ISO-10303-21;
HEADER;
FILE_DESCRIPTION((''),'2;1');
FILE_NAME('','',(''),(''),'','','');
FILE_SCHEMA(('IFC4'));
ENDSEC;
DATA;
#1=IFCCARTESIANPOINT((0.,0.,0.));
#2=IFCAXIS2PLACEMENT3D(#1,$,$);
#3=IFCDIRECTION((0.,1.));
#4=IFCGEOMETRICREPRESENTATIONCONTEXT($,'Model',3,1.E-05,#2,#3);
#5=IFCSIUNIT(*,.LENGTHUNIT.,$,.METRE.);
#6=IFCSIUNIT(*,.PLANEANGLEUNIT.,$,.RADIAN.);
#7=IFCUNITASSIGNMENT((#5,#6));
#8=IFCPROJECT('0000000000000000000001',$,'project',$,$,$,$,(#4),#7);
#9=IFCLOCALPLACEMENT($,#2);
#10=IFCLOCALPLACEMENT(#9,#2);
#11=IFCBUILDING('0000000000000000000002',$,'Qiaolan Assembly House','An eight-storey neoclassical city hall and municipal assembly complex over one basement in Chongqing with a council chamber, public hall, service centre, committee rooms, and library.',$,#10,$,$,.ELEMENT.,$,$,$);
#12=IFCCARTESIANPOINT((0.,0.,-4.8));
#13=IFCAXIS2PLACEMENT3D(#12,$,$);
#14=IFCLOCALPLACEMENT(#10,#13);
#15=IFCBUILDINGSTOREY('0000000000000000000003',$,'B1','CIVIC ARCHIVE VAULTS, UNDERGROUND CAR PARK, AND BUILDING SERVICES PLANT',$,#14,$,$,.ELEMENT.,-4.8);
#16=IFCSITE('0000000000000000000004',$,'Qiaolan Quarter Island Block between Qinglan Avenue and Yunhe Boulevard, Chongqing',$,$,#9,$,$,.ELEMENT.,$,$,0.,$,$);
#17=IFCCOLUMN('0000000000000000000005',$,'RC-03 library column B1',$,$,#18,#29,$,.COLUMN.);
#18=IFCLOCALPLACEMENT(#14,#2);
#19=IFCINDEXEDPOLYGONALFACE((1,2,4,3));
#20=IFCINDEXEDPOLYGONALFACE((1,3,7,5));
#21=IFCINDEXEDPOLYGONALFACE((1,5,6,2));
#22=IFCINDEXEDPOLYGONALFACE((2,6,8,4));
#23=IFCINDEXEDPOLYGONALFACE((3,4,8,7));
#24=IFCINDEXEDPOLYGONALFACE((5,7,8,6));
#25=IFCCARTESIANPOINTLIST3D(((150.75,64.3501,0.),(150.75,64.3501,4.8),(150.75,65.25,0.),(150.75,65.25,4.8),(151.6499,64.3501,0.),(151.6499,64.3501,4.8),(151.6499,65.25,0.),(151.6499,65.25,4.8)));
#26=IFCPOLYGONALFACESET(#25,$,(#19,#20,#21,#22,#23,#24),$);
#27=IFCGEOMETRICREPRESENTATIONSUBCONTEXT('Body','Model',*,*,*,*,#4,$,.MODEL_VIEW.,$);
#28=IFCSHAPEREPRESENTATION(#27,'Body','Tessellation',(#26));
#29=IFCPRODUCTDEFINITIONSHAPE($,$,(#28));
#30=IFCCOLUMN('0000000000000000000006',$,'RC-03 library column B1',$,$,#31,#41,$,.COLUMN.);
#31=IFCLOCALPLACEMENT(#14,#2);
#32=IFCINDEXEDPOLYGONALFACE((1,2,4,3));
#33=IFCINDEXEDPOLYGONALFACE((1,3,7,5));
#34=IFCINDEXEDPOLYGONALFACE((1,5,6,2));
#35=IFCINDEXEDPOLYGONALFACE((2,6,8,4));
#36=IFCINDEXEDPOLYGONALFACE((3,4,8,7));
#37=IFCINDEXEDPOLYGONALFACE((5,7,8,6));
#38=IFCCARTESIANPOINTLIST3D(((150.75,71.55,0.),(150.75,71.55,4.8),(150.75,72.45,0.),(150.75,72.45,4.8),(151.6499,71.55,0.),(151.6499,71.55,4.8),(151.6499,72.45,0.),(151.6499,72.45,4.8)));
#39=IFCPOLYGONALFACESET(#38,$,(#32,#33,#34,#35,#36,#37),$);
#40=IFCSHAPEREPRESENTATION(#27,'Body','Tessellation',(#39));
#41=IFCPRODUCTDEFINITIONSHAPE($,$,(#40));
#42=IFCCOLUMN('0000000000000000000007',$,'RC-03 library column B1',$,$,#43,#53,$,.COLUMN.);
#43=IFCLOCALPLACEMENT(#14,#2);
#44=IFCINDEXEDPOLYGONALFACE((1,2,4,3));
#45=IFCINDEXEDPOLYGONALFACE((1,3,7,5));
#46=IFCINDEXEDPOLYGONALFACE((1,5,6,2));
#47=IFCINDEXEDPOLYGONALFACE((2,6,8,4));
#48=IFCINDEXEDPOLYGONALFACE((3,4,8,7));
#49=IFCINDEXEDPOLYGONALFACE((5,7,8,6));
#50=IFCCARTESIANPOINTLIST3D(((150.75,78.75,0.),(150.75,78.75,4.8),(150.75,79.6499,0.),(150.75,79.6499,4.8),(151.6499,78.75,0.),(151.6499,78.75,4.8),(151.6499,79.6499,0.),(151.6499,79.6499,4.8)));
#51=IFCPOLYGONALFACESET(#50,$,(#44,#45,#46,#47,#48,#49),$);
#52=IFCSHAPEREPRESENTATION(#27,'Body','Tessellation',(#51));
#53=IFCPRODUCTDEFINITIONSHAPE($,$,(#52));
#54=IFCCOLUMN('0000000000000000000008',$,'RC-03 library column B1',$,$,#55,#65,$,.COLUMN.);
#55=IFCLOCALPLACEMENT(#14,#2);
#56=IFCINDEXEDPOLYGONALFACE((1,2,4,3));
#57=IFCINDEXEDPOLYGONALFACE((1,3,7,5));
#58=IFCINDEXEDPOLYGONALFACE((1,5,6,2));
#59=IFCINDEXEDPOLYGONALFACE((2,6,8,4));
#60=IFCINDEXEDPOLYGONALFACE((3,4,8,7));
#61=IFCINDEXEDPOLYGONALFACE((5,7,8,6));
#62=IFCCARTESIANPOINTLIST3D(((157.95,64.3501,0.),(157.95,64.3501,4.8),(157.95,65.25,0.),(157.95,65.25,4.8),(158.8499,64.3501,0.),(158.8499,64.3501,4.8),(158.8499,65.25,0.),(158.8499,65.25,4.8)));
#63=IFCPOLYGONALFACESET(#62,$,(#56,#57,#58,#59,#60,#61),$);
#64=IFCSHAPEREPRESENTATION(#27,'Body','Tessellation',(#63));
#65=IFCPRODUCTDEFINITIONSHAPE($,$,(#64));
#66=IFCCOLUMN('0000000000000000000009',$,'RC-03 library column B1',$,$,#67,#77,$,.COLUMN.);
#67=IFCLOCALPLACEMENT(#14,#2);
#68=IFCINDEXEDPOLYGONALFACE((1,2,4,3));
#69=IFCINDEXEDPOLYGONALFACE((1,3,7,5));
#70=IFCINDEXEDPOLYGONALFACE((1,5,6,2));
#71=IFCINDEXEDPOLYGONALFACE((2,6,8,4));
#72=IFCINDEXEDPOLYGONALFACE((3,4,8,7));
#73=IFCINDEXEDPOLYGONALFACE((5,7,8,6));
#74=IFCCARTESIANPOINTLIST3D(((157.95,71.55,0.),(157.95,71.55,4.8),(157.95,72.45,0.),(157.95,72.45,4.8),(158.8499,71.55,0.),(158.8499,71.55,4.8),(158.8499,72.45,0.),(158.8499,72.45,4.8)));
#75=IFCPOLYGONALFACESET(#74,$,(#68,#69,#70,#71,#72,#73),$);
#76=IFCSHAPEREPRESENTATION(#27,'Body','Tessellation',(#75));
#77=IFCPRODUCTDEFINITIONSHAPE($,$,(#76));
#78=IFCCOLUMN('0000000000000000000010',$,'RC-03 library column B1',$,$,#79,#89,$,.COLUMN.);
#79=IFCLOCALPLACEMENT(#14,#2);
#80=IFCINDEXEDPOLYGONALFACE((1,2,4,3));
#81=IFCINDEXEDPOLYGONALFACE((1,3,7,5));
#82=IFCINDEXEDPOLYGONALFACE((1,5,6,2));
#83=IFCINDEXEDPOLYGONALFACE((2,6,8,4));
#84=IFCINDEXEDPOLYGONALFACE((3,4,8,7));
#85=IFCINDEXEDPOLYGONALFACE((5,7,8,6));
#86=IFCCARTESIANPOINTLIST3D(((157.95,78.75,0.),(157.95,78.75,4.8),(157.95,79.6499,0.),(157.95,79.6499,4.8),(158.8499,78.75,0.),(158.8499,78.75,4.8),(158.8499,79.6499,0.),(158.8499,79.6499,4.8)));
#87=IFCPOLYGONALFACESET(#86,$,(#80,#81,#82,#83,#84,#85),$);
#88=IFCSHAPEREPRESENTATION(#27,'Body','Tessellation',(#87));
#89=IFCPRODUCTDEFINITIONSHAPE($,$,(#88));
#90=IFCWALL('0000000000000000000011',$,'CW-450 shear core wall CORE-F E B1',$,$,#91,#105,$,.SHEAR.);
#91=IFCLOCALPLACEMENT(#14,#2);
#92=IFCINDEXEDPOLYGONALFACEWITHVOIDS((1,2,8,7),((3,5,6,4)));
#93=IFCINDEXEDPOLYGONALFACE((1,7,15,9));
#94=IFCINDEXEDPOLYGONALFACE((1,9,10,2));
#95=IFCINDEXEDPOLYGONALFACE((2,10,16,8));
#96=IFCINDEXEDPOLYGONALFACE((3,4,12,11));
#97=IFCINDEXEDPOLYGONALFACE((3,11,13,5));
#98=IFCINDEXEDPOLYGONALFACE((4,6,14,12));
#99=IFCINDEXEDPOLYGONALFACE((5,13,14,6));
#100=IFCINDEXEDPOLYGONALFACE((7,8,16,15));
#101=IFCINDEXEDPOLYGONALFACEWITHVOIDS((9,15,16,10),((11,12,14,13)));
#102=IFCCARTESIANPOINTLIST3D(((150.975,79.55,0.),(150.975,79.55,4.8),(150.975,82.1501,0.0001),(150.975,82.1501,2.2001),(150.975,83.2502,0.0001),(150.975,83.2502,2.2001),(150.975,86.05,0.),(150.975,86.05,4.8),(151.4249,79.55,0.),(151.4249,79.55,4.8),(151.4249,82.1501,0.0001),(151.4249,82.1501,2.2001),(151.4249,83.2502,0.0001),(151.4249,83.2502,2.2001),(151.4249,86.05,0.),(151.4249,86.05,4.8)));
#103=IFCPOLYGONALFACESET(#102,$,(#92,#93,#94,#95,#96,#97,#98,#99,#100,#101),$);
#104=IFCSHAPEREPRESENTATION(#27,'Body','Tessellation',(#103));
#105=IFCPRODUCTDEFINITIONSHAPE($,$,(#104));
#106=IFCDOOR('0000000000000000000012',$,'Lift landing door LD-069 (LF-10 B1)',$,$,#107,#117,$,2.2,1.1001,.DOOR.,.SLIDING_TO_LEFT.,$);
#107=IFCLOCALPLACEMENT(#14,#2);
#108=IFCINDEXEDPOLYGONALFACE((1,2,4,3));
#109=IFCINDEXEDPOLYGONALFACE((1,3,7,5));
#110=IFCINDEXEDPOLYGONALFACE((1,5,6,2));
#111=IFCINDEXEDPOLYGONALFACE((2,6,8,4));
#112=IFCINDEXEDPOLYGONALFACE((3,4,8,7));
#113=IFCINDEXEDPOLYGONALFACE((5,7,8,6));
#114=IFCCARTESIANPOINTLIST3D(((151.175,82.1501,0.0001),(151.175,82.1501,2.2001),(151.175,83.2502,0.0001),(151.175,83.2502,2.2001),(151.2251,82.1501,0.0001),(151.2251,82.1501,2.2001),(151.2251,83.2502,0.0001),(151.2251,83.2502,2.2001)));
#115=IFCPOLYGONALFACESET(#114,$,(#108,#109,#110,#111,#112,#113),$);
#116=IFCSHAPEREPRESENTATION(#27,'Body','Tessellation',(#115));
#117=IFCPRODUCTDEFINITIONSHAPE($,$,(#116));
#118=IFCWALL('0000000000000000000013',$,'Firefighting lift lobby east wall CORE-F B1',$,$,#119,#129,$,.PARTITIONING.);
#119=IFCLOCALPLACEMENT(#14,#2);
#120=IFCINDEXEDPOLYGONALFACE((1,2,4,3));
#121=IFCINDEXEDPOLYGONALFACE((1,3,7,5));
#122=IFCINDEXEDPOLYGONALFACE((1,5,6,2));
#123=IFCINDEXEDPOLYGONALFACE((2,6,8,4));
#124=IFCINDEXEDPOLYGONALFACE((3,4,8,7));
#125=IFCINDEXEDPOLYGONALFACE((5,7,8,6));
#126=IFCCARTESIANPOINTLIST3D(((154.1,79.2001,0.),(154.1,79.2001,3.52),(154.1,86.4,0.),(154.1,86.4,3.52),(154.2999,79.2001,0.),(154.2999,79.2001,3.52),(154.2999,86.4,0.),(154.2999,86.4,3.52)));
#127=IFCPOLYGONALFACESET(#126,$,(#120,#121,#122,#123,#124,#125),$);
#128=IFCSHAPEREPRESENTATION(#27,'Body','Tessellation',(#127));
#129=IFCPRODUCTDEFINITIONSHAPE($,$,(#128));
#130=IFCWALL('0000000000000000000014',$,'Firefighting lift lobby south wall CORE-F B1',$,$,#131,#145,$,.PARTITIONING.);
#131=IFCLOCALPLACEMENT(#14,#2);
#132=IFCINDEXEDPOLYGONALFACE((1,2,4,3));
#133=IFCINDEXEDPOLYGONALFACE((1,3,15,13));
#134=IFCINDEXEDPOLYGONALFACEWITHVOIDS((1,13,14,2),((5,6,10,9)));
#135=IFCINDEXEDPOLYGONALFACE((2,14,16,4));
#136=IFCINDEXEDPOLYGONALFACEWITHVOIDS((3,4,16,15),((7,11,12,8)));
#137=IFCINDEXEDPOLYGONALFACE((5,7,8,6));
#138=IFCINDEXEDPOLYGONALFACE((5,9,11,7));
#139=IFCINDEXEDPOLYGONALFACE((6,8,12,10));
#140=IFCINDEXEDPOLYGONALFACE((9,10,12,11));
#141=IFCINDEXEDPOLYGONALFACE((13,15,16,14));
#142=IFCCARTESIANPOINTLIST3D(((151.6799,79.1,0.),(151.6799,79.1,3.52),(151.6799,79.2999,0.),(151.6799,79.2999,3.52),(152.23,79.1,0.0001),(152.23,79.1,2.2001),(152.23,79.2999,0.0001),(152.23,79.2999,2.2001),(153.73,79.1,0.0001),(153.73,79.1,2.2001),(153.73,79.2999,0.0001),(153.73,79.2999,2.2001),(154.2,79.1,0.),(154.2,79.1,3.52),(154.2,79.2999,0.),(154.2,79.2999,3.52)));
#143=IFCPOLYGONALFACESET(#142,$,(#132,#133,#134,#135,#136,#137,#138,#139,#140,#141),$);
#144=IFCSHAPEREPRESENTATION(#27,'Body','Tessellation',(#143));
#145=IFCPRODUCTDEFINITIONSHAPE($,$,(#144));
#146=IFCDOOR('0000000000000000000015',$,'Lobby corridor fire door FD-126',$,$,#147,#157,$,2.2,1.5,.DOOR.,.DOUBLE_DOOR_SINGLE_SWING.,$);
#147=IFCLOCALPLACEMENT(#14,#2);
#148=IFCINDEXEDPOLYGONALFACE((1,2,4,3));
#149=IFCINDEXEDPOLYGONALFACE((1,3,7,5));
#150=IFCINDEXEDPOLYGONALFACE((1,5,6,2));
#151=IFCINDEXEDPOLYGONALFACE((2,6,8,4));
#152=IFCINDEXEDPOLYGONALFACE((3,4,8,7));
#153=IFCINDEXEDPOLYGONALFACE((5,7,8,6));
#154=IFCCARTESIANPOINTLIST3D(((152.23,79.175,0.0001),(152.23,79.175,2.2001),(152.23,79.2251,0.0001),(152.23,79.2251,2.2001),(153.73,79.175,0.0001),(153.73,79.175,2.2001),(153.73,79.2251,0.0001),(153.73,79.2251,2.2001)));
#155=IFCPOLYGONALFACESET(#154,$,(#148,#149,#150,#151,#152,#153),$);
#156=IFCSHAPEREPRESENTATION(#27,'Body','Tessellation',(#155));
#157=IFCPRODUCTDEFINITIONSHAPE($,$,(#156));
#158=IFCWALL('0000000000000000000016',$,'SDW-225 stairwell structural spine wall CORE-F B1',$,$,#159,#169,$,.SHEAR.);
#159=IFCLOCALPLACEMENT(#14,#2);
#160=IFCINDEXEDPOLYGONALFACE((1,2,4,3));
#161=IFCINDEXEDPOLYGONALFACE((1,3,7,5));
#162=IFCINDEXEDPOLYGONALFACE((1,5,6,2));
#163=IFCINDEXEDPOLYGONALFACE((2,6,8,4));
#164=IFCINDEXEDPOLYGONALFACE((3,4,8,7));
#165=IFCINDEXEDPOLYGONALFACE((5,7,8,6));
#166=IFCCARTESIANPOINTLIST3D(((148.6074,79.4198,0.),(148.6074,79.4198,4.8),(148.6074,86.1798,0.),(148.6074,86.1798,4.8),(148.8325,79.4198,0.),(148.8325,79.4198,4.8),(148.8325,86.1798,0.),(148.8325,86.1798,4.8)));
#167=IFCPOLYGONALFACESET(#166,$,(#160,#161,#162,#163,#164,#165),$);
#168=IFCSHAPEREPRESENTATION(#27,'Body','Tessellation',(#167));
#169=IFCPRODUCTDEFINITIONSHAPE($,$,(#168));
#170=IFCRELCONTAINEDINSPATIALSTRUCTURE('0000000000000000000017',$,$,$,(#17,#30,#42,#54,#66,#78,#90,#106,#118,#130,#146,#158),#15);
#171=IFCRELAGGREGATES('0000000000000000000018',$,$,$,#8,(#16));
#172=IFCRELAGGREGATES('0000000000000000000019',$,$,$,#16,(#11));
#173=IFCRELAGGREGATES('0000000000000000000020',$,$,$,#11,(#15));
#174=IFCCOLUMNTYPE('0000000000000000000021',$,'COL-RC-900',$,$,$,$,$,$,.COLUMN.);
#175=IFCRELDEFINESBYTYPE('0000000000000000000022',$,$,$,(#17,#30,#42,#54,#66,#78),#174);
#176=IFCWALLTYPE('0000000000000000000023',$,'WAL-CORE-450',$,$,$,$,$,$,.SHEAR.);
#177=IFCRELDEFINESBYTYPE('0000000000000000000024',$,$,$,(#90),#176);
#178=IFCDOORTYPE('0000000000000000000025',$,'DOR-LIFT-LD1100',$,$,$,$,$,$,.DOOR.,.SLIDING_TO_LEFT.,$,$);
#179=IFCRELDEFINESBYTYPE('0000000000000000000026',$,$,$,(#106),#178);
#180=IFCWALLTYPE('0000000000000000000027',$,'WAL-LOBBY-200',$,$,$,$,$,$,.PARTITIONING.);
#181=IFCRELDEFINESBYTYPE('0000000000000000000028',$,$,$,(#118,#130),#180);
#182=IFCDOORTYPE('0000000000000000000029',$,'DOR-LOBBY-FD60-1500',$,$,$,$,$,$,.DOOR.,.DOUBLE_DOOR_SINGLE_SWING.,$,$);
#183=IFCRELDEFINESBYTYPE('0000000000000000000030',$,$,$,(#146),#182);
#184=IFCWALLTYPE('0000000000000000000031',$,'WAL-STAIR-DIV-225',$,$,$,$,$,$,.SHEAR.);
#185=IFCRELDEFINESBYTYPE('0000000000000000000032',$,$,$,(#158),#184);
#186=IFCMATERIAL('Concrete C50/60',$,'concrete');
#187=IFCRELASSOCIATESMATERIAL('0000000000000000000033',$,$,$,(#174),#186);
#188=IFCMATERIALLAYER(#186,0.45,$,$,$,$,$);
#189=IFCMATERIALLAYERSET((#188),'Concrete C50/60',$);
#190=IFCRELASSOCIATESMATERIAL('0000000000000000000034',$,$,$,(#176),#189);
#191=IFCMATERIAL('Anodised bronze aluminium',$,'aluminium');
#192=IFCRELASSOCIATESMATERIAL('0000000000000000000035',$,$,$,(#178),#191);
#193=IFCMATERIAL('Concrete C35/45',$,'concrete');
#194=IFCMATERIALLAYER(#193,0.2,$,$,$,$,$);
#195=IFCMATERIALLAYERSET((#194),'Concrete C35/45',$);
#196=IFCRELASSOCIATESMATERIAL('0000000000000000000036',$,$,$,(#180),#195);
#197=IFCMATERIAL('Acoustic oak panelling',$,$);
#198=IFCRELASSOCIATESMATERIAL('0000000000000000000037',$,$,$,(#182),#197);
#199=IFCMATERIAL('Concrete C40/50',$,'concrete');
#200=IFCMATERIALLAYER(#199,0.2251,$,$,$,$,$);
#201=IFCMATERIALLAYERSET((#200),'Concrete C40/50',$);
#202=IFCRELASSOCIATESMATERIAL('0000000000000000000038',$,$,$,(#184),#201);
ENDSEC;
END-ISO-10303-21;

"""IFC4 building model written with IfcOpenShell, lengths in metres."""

from ifc_helpers import new_model, si_unit, direction, frame, frame_2d, origin, origin_2d, place, context, subcontext, project, spatial, rectangle, extrude, material, layer, layer_set, material_profile, profile_set, type_object, element, fill, save


model = new_model("IFC4")

# Units and contexts
model_context = context("Model", 3, precision=1e-05, world=origin(), true_north=direction((0.0, 1.0)))
body_context = subcontext(model_context, "Body", "Model", "MODEL_VIEW")
ifc_project = project(units=[si_unit("LENGTHUNIT", "METRE"), si_unit("PLANEANGLEUNIT", "RADIAN")], contexts=[model_context])

# Site, building, storey
site_placement = place(None, origin())
site = spatial("IfcSite", under=ifc_project, at=site_placement, Name="Qiaolan Quarter Island Block between Qinglan Avenue and Yunhe Boulevard, Chongqing", CompositionType="ELEMENT", RefElevation=0.0)
building_placement = place(site_placement, origin())
building = spatial("IfcBuilding", under=site, at=building_placement, Name="Qiaolan Assembly House", Description="An eight-storey neoclassical city hall and municipal assembly complex over one basement in Chongqing with a council chamber, public hall, service centre, committee rooms, and library.", CompositionType="ELEMENT")
storey_placement = place(building_placement, frame((0.0, 0.0, -4.8)))
storey = spatial("IfcBuildingStorey", under=building, at=storey_placement, Name="B1", Description="CIVIC ARCHIVE VAULTS, UNDERGROUND CAR PARK, AND BUILDING SERVICES PLANT", CompositionType="ELEMENT", Elevation=-4.8)

# Shared definitions
ifc_material_1 = material(Name="Concrete C40/50", Category="concrete")

# Columns
ifc_material_2 = material(Name="Concrete C50/60", Category="concrete")
ifc_material_profile_1 = material_profile(ifc_material_2, rectangle(XDim=0.8999, YDim=0.8999, at=origin_2d()), Name="RC 900x900")
ifc_profile_set_1 = profile_set([ifc_material_profile_1], Name="Concrete C50/60")
column_type = type_object("IfcColumnType", Name="COL-RC-900", PredefinedType="COLUMN", material=ifc_profile_set_1)
for number, where, z_axis, x_axis, name in (
    (1, (151.2, 64.8, 0.0), (0.0, 0.0, 1.0), (1.0, 0.0, 0.0), "RC-03 library column B1"),
    (2, (151.2, 72.0, 0.0), (0.0, 0.0, 1.0), (1.0, 0.0, 0.0), "RC-03 library column B1"),
    (3, (151.2, 79.2, 0.0), (0.0, 0.0, 1.0), (1.0, 0.0, 0.0), "RC-03 library column B1"),
    (4, (158.3999, 64.8, 0.0), (0.0, 0.0, 1.0), (1.0, 0.0, 0.0), "RC-03 library column B1"),
    (5, (158.3999, 72.0, 0.0), (0.0, 0.0, 1.0), (1.0, 0.0, 0.0), "RC-03 library column B1"),
    (6, (158.3999, 79.2, 0.0), (0.0, 0.0, 1.0), (1.0, 0.0, 0.0), "RC-03 library column B1"),
):
    element("IfcColumn", number, at=place(storey_placement, frame(where, z_axis=z_axis, x_axis=x_axis)), inside=storey, type_object=column_type, Name=name, PredefinedType="COLUMN", context=body_context, shape_type="SweptSolid", body=[
        extrude(rectangle(XDim=0.8999, YDim=0.8999, at=origin_2d()), origin(), (0.0, 0.0, 1.0), 4.8),
    ])

# Wall, opening, door
ifc_layer_1 = layer(ifc_material_2, 0.45)
ifc_layer_set_1 = layer_set([ifc_layer_1], Name="Concrete C50/60")
wall_type_1 = type_object("IfcWallType", Name="WAL-CORE-450", PredefinedType="SHEAR", material=ifc_layer_set_1)
wall_1_placement = place(storey_placement, frame((151.2, 79.55, 0.0), z_axis=(0.0, 0.0, 1.0), x_axis=(0.0, 1.0, 0.0)))
wall_1 = element("IfcWall", 7, at=wall_1_placement, inside=storey, type_object=wall_type_1, Name="CW-450 shear core wall CORE-F E B1", PredefinedType="SHEAR", context=body_context, shape_type="SweptSolid", body=[
    extrude(rectangle(XDim=6.5, YDim=0.45, at=frame_2d((3.25, 0.0))), origin(), (0.0, 0.0, 1.0), 4.8),
])
opening_1_placement = place(wall_1_placement, frame((2.6001, 0.0, 0.0)))
opening_1 = element("IfcOpeningElement", 8, at=opening_1_placement, cuts=wall_1, PredefinedType="OPENING", context=body_context, shape_type="SweptSolid", body=[
    extrude(rectangle(XDim=1.1001, YDim=2.2, at=frame_2d((0.55, 1.1001))), frame((0.0, 0.2349, 0.0), z_axis=(0.0, -1.0, 0.0), x_axis=(1.0, 0.0, 0.0)), (0.0, 0.0, 1.0), 0.47),
])
ifc_material_3 = material(Name="Anodised bronze aluminium", Category="aluminium")
door_type_1 = type_object("IfcDoorType", Name="DOR-LIFT-LD1100", OperationType="SLIDING_TO_LEFT", PredefinedType="DOOR", material=ifc_material_3)
door_1_placement = place(opening_1_placement, origin())
door_1 = element("IfcDoor", 9, at=door_1_placement, inside=storey, type_object=door_type_1, Name="Lift landing door LD-069 (LF-10 B1)", OperationType="SLIDING_TO_LEFT", OverallHeight=2.2, OverallWidth=1.1001, PredefinedType="DOOR", context=body_context, shape_type="SweptSolid", body=[
    extrude(rectangle(XDim=1.1001, YDim=2.2, at=frame_2d((0.55, 1.1001))), frame((0.0, 0.0249, 0.0), z_axis=(0.0, -1.0, 0.0), x_axis=(1.0, 0.0, 0.0)), (0.0, 0.0, 1.0), 0.05),
])
fill(opening_1, door_1)

# Wall
ifc_material_4 = material(Name="Concrete C35/45", Category="concrete")
ifc_layer_2 = layer(ifc_material_4, 0.2)
ifc_layer_set_2 = layer_set([ifc_layer_2], Name="Concrete C35/45")
wall_type_2 = type_object("IfcWallType", Name="WAL-LOBBY-200", PredefinedType="PARTITIONING", material=ifc_layer_set_2)
wall_2_placement = place(storey_placement, frame((154.2, 79.2, 0.0), z_axis=(0.0, 0.0, 1.0), x_axis=(0.0, 1.0, 0.0)))
element("IfcWall", 10, at=wall_2_placement, inside=storey, type_object=wall_type_2, Name="Firefighting lift lobby east wall CORE-F B1", PredefinedType="PARTITIONING", context=body_context, shape_type="SweptSolid", body=[
    extrude(rectangle(XDim=7.2, YDim=0.2, at=frame_2d((3.6001, 0.0))), origin(), (0.0, 0.0, 1.0), 3.52),
])

# Wall, opening, door
wall_3_placement = place(storey_placement, frame((151.6799, 79.2, 0.0), z_axis=(0.0, 0.0, 1.0), x_axis=(1.0, 0.0, 0.0)))
wall_3 = element("IfcWall", 11, at=wall_3_placement, inside=storey, type_object=wall_type_2, Name="Firefighting lift lobby south wall CORE-F B1", PredefinedType="PARTITIONING", context=body_context, shape_type="SweptSolid", body=[
    extrude(rectangle(XDim=2.52, YDim=0.2, at=frame_2d((1.26, 0.0))), origin(), (0.0, 0.0, 1.0), 3.52),
])
opening_2_placement = place(wall_3_placement, frame((0.55, 0.0, 0.0)))
opening_2 = element("IfcOpeningElement", 12, at=opening_2_placement, cuts=wall_3, PredefinedType="OPENING", context=body_context, shape_type="SweptSolid", body=[
    extrude(rectangle(XDim=1.5, YDim=2.2, at=frame_2d((0.75, 1.1001))), frame((0.0, 0.1099, 0.0), z_axis=(0.0, -1.0, 0.0), x_axis=(1.0, 0.0, 0.0)), (0.0, 0.0, 1.0), 0.22),
])
ifc_material_5 = material(Name="Acoustic oak panelling")
door_type_2 = type_object("IfcDoorType", Name="DOR-LOBBY-FD60-1500", OperationType="DOUBLE_DOOR_SINGLE_SWING", PredefinedType="DOOR", material=ifc_material_5)
door_2_placement = place(opening_2_placement, frame((1.5, 0.0, 0.0), z_axis=(0.0, 0.0, 1.0), x_axis=(-1.0, 0.0, 0.0)))
door_2 = element("IfcDoor", 13, at=door_2_placement, inside=storey, type_object=door_type_2, Name="Lobby corridor fire door FD-126", OperationType="DOUBLE_DOOR_SINGLE_SWING", OverallHeight=2.2, OverallWidth=1.5, PredefinedType="DOOR", context=body_context, shape_type="SweptSolid", body=[
    extrude(rectangle(XDim=1.5, YDim=2.2, at=frame_2d((0.75, 1.1001))), frame((0.0, 0.0249, 0.0), z_axis=(0.0, -1.0, 0.0), x_axis=(1.0, 0.0, 0.0)), (0.0, 0.0, 1.0), 0.05),
])
fill(opening_2, door_2)

# Wall
ifc_layer_3 = layer(ifc_material_1, 0.2251)
ifc_layer_set_3 = layer_set([ifc_layer_3], Name="Concrete C40/50")
wall_type_3 = type_object("IfcWallType", Name="WAL-STAIR-DIV-225", PredefinedType="SHEAR", material=ifc_layer_set_3)
wall_4_placement = place(storey_placement, frame((148.72, 79.4199, 0.0), z_axis=(0.0, 0.0, 1.0), x_axis=(0.0, 1.0, 0.0)))
element("IfcWall", 14, at=wall_4_placement, inside=storey, type_object=wall_type_3, Name="SDW-225 stairwell structural spine wall CORE-F B1", PredefinedType="SHEAR", context=body_context, shape_type="SweptSolid", body=[
    extrude(rectangle(XDim=6.76, YDim=0.2251, at=frame_2d((3.3799, 0.0))), origin(), (0.0, 0.0, 1.0), 4.8),
])

save(model, "model.ifc")
